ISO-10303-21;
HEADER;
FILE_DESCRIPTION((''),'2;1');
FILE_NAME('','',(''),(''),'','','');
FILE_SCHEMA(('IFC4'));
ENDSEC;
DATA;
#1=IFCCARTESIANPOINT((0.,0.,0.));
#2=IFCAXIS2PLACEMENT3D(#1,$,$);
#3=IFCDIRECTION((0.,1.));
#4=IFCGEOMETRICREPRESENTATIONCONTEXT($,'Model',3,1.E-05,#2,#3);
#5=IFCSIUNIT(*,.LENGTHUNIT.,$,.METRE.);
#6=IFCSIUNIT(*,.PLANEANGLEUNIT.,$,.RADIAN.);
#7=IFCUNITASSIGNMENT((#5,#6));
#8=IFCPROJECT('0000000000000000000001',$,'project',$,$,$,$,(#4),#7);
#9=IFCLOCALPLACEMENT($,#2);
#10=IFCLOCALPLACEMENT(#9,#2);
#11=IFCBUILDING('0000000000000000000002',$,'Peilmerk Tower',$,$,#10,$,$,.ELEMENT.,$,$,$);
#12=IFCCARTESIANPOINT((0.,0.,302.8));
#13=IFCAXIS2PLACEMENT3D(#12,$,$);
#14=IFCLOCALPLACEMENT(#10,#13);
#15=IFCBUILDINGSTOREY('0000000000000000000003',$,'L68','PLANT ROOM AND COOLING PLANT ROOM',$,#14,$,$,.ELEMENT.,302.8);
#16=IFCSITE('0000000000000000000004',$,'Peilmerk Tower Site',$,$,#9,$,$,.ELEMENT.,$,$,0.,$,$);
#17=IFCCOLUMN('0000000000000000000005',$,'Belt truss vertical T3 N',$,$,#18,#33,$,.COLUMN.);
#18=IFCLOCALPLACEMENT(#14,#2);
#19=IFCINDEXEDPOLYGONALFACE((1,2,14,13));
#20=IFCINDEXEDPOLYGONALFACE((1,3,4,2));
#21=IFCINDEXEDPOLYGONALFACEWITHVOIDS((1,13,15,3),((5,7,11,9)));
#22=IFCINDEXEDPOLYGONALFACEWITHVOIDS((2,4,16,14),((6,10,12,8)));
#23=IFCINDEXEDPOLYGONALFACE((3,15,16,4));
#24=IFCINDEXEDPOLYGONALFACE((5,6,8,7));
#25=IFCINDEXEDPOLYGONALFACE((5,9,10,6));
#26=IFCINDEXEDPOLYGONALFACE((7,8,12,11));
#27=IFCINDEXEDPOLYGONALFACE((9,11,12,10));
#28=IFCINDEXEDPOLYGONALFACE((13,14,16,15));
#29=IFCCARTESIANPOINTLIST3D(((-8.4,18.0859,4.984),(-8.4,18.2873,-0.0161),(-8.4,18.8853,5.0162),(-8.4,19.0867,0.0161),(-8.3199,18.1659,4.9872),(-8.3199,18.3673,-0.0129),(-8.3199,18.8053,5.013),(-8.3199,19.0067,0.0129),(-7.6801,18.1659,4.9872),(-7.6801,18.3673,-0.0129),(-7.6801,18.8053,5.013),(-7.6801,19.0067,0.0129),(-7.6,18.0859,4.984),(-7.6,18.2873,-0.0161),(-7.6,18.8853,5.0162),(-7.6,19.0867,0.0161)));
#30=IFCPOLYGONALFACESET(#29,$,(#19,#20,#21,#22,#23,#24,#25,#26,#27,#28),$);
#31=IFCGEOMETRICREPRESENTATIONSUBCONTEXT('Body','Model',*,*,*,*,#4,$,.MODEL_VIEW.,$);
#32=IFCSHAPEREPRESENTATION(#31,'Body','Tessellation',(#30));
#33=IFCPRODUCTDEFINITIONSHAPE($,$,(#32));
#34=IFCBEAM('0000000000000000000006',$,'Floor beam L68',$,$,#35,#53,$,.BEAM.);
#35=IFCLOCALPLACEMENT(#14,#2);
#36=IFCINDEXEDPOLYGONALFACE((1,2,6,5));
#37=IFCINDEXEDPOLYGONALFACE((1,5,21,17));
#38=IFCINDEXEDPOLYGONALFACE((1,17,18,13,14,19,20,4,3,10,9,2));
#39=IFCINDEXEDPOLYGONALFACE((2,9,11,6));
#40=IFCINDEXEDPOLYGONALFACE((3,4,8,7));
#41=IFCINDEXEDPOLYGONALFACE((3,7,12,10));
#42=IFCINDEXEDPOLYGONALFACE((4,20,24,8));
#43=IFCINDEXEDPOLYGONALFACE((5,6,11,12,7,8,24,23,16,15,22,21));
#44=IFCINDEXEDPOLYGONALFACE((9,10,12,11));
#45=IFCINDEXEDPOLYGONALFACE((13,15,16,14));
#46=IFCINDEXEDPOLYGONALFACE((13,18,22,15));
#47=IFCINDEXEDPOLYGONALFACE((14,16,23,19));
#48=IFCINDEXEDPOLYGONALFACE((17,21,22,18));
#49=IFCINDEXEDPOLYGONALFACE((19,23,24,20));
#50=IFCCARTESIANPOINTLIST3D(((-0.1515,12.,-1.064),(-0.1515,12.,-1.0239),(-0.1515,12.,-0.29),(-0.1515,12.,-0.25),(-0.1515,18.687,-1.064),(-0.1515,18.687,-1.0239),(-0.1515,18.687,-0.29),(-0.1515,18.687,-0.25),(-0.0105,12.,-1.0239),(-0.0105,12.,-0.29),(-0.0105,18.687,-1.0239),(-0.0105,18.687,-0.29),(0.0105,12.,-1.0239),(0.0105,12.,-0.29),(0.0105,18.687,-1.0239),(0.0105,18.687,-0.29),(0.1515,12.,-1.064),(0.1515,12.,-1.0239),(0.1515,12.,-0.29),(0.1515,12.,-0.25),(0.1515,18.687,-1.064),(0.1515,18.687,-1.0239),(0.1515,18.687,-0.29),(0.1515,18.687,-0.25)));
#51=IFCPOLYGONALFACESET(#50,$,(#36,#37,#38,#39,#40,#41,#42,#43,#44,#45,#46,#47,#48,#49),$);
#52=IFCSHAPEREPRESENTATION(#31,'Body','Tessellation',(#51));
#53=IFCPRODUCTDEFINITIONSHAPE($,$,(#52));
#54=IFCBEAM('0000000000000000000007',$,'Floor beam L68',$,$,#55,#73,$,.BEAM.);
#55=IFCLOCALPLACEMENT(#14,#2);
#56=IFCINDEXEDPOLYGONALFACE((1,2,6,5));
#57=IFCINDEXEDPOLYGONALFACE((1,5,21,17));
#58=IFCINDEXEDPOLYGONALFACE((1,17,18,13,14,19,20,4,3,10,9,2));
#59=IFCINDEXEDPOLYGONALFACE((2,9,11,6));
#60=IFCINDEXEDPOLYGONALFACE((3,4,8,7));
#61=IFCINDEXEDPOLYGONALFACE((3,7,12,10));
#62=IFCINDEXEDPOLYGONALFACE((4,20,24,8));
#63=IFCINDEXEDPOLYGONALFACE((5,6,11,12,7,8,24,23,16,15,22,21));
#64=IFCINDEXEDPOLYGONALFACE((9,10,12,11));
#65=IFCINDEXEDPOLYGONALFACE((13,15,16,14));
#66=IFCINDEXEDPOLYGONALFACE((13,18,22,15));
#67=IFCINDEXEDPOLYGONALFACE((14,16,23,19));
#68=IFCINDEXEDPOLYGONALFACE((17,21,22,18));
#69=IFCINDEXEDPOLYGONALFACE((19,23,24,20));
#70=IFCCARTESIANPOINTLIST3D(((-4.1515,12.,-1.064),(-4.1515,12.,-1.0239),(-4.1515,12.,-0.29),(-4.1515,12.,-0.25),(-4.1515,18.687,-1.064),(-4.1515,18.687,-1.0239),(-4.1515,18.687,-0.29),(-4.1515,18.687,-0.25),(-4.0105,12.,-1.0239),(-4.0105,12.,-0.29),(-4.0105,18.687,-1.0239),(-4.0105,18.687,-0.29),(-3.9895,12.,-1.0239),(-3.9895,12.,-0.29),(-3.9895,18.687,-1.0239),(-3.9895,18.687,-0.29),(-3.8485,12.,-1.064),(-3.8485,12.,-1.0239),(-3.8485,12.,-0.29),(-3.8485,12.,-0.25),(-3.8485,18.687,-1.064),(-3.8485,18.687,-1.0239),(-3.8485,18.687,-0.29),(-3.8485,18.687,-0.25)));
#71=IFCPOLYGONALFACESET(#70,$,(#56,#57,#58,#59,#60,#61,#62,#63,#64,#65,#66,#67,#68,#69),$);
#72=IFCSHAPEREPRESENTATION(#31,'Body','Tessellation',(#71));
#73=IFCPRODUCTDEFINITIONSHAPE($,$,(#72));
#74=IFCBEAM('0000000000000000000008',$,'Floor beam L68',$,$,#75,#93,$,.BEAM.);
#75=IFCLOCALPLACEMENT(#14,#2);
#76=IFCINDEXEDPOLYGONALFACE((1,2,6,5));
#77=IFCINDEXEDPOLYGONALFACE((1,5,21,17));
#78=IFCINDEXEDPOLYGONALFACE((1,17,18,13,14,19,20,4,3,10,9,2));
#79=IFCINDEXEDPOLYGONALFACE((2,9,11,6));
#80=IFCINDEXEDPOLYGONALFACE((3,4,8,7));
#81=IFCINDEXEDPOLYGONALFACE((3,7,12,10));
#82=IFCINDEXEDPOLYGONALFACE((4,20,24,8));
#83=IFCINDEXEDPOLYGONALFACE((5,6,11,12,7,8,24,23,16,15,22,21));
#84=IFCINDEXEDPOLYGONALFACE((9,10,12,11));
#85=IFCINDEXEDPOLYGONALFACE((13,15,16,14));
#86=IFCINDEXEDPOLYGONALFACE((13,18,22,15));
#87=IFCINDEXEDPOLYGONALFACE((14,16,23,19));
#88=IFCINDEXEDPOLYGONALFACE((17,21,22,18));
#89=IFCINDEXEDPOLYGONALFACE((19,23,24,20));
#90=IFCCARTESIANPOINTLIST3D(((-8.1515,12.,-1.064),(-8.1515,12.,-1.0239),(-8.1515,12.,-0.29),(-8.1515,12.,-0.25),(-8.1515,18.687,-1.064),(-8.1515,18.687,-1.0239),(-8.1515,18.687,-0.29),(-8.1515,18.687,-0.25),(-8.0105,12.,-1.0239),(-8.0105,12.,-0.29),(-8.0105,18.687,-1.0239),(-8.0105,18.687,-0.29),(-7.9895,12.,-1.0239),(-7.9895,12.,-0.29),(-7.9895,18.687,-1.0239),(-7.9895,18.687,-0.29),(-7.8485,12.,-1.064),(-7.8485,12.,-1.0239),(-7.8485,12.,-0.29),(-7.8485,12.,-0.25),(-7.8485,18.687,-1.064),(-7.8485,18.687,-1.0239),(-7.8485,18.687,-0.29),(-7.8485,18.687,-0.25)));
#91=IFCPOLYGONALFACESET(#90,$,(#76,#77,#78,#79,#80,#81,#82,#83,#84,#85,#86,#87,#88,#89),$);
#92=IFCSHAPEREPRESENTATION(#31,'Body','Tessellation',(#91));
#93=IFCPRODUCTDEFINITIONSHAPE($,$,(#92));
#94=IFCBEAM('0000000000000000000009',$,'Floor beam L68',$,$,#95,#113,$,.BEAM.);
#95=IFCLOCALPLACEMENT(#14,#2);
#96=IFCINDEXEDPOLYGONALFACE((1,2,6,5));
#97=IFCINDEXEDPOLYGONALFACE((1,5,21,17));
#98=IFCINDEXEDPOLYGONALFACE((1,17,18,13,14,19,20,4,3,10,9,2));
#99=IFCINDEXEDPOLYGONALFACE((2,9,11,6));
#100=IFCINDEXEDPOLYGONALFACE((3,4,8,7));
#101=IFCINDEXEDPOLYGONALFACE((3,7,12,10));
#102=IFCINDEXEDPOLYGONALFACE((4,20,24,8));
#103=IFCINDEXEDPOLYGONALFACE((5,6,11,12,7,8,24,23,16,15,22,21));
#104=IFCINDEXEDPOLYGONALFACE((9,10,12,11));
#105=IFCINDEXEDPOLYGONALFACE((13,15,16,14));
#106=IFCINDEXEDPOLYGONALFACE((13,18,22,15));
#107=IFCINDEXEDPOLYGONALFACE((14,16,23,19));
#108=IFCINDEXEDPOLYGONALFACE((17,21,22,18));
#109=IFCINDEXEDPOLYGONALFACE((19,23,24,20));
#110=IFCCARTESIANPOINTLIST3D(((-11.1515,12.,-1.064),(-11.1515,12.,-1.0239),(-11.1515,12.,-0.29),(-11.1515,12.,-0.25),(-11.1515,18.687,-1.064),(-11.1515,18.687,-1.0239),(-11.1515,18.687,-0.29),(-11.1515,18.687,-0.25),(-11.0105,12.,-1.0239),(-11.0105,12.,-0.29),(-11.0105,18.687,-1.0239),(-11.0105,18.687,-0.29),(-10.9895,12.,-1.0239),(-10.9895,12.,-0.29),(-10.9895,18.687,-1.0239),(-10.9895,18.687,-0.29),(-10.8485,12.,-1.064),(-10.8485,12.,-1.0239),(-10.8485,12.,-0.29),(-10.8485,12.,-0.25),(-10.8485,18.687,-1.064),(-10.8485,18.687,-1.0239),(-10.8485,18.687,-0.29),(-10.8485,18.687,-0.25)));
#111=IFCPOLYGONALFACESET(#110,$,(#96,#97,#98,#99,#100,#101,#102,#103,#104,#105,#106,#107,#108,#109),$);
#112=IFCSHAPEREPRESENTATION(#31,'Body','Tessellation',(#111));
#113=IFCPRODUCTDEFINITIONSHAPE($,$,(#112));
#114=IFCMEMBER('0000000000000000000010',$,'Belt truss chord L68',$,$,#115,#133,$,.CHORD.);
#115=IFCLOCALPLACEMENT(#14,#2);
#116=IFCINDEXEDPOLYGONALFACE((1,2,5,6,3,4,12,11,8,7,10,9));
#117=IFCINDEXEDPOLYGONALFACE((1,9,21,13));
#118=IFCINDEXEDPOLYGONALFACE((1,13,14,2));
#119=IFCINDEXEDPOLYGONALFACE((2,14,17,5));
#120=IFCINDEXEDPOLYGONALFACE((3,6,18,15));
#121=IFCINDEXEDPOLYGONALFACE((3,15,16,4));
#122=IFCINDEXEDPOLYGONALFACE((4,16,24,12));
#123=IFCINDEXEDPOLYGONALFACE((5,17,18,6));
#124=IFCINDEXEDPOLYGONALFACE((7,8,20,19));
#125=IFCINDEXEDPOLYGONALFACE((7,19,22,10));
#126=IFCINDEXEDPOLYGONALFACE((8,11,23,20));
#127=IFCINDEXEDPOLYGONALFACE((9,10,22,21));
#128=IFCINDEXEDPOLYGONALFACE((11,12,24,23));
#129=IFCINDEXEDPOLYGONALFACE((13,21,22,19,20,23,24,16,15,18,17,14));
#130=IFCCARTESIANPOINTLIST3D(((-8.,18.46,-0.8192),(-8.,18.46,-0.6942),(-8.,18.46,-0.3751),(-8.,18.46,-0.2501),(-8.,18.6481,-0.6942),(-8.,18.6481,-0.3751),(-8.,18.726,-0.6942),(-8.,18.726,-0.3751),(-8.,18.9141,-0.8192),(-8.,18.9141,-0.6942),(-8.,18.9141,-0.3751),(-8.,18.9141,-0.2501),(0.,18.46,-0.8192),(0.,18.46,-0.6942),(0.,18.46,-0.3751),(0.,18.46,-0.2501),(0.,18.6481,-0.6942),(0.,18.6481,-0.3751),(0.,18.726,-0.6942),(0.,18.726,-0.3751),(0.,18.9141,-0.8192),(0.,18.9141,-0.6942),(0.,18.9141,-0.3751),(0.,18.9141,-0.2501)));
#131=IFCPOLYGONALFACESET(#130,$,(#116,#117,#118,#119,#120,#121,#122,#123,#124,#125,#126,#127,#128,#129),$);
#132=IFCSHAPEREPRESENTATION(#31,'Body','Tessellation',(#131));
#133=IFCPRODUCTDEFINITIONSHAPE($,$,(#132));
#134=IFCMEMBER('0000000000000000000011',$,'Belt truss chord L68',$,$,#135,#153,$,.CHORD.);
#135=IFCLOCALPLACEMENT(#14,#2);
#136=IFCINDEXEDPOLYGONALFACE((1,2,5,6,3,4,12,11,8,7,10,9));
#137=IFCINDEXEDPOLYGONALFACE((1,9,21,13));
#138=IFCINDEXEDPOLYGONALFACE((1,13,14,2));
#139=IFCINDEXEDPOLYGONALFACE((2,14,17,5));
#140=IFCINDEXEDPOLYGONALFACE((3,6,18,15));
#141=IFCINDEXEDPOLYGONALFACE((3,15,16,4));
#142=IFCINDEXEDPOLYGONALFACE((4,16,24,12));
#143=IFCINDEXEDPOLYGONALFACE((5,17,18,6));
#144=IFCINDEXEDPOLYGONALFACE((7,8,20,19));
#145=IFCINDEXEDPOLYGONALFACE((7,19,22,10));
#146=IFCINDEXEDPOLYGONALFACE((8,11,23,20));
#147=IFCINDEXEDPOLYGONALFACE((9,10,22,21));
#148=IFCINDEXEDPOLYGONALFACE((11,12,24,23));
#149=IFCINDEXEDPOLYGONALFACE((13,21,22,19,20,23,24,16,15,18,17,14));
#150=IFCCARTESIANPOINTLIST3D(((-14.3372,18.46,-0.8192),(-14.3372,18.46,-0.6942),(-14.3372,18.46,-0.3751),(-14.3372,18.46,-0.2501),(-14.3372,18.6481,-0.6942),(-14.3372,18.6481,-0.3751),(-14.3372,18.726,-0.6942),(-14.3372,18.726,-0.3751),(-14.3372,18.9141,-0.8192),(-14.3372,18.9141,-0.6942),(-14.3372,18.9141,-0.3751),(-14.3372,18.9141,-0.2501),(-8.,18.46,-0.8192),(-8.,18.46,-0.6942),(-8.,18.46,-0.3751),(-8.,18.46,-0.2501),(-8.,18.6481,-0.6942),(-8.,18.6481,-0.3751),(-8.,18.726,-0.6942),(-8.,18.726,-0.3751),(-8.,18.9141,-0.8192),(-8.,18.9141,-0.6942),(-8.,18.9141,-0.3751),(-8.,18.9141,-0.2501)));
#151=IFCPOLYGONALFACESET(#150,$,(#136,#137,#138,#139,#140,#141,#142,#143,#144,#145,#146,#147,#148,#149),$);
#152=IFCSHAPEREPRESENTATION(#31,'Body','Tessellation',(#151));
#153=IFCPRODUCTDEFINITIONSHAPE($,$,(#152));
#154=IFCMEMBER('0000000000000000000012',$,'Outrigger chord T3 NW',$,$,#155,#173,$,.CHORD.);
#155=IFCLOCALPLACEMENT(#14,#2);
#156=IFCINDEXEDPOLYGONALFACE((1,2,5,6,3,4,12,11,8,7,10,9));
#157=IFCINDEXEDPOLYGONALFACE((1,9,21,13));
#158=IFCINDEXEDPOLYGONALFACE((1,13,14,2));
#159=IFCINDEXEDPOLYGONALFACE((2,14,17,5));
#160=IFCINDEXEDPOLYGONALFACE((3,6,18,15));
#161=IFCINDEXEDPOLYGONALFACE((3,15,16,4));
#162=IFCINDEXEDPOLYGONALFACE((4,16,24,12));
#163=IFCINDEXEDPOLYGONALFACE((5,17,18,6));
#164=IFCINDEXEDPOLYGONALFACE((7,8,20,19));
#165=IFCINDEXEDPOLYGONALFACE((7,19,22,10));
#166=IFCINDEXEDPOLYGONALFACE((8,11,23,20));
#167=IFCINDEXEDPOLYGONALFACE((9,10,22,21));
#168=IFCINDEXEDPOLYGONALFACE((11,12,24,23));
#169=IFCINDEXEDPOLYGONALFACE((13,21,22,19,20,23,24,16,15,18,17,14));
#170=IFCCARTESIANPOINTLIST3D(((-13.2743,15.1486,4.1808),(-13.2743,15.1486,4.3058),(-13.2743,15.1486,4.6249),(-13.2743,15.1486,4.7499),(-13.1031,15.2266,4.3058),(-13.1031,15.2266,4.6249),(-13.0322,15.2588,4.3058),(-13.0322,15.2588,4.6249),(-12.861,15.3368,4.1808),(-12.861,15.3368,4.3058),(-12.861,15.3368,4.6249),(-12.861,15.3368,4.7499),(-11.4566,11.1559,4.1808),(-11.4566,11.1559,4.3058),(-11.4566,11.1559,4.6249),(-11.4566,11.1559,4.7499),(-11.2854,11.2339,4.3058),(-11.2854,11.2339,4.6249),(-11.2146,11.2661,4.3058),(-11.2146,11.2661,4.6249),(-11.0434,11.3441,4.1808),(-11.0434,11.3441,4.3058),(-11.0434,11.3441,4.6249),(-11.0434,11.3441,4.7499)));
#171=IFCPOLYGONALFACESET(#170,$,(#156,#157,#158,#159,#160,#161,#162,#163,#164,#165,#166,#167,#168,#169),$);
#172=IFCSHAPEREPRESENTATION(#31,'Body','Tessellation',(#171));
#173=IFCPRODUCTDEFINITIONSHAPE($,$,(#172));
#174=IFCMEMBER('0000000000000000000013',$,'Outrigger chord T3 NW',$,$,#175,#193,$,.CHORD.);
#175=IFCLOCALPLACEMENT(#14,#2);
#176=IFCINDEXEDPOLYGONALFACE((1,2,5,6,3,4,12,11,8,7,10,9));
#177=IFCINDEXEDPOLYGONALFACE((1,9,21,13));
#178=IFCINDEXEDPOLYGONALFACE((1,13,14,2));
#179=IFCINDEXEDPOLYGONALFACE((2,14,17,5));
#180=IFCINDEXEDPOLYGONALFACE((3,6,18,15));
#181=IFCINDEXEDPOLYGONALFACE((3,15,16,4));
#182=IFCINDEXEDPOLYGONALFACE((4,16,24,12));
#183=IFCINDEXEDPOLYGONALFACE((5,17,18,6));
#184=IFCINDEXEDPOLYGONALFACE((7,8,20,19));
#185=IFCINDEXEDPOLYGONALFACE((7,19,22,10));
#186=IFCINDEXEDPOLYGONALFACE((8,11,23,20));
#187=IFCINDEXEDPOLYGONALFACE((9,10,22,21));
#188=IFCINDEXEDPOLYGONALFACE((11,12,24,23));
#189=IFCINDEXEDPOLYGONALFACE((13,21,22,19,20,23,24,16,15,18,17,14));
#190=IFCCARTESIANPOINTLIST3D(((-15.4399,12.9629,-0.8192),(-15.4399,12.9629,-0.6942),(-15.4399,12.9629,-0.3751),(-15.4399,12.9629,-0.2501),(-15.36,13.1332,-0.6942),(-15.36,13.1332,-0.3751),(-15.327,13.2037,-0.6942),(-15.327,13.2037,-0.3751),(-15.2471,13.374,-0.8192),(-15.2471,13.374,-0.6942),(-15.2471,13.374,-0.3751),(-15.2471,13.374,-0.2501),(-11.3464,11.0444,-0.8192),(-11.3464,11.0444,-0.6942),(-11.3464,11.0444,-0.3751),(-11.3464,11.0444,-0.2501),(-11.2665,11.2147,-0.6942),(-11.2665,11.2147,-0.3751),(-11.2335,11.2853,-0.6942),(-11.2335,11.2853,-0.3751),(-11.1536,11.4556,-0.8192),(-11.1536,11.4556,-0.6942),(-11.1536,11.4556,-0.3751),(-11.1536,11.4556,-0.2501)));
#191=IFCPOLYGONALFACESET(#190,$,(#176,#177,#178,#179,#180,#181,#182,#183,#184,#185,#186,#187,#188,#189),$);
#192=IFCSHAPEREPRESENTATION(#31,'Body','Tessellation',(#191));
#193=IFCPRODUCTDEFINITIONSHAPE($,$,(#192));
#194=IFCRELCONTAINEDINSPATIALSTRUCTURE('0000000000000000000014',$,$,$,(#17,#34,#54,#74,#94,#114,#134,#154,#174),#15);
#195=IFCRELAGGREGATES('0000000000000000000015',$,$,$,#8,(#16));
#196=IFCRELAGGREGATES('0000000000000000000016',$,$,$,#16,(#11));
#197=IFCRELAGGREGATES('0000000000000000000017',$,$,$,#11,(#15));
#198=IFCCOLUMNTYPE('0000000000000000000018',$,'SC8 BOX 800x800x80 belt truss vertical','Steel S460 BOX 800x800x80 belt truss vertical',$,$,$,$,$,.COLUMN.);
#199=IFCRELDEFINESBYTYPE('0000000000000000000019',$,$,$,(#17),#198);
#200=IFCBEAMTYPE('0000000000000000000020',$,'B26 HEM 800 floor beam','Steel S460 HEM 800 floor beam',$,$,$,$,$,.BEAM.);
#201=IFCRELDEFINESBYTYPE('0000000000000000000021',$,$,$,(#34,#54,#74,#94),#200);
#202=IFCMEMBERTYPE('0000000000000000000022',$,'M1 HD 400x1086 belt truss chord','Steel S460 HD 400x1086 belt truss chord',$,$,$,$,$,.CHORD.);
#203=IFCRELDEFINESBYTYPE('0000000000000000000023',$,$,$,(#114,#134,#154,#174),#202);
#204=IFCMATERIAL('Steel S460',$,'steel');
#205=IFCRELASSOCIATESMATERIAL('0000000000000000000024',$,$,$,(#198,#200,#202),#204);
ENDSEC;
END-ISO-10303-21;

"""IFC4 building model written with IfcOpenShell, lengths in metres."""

from ifc_helpers import new_model, si_unit, direction, frame, origin, origin_2d, place, context, subcontext, project, spatial, hollow_rectangle, i_section, extrude, material, material_profile, profile_set, type_object, element, save


model = new_model("IFC4")

# Units and contexts
model_context = context("Model", 3, precision=1e-05, world=origin(), true_north=direction((0.0, 1.0)))
body_context = subcontext(model_context, "Body", "Model", "MODEL_VIEW")
ifc_project = project(units=[si_unit("LENGTHUNIT", "METRE"), si_unit("PLANEANGLEUNIT", "RADIAN")], contexts=[model_context])

# Site, building, storey
site_placement = place(None, origin())
site = spatial("IfcSite", under=ifc_project, at=site_placement, Name="Peilmerk Tower Site", CompositionType="ELEMENT", RefElevation=0.0)
building_placement = place(site_placement, origin())
building = spatial("IfcBuilding", under=site, at=building_placement, Name="Peilmerk Tower", CompositionType="ELEMENT")
storey_placement = place(building_placement, frame((0.0, 0.0, 302.8)))
storey = spatial("IfcBuildingStorey", under=building, at=storey_placement, Name="L68", Description="PLANT ROOM AND COOLING PLANT ROOM", CompositionType="ELEMENT", Elevation=302.8)

# Column
ifc_material_1 = material(Name="Steel S460", Category="steel")
ifc_material_profile_1 = material_profile(ifc_material_1, hollow_rectangle(XDim=0.8, YDim=0.8, WallThickness=0.0801, at=origin_2d()), Name="BOX 800x800x80")
ifc_profile_set_1 = profile_set([ifc_material_profile_1], Name="Steel S460")
column_type = type_object("IfcColumnType", Name="SC8 BOX 800x800x80 belt truss vertical", Description="Steel S460 BOX 800x800x80 belt truss vertical", PredefinedType="COLUMN", material=ifc_profile_set_1)
column_placement = place(storey_placement, frame((-8.0, 18.687, 0.0), z_axis=(0.0, -0.040251, 0.99919), x_axis=(1.0, 0.0, 0.0)))
element("IfcColumn", 1, at=column_placement, inside=storey, type_object=column_type, Name="Belt truss vertical T3 N", PredefinedType="COLUMN", context=body_context, shape_type="SweptSolid", body=[
    extrude(hollow_rectangle(XDim=0.8, YDim=0.8, WallThickness=0.0801, at=origin_2d()), origin(), (0.0, 0.0, 1.0), 5.0042),
])

# Beams
ifc_material_profile_2 = material_profile(ifc_material_1, i_section(OverallWidth=0.303, OverallDepth=0.814, WebThickness=0.021, FlangeThickness=0.04, at=origin_2d()), Name="HEM 800")
ifc_profile_set_2 = profile_set([ifc_material_profile_2], Name="Steel S460")
beam_type = type_object("IfcBeamType", Name="B26 HEM 800 floor beam", Description="Steel S460 HEM 800 floor beam", PredefinedType="BEAM", material=ifc_profile_set_2)
for number, where, z_axis, x_axis, name in (
    (2, (0.0, 12.0, -0.657), (0.0, 1.0, 0.0), (-1.0, 0.0, 0.0), "Floor beam L68"),
    (3, (-4.0, 12.0, -0.657), (0.0, 1.0, 0.0), (-1.0, 0.0, 0.0), "Floor beam L68"),
    (4, (-8.0, 12.0, -0.657), (0.0, 1.0, 0.0), (-1.0, 0.0, 0.0), "Floor beam L68"),
    (5, (-11.0, 12.0, -0.657), (0.0, 1.0, 0.0), (-1.0, 0.0, 0.0), "Floor beam L68"),
):
    element("IfcBeam", number, at=place(storey_placement, frame(where, z_axis=z_axis, x_axis=x_axis)), inside=storey, type_object=beam_type, Name=name, PredefinedType="BEAM", context=body_context, shape_type="SweptSolid", body=[
        extrude(i_section(OverallWidth=0.303, OverallDepth=0.814, WebThickness=0.021, FlangeThickness=0.04, at=origin_2d()), origin(), (0.0, 0.0, 1.0), 6.687),
    ])

# Members
ifc_material_profile_3 = material_profile(ifc_material_1, i_section(OverallWidth=0.4541, OverallDepth=0.5691, WebThickness=0.0779, FlangeThickness=0.125, at=origin_2d()), Name="HD 400x1086")
ifc_profile_set_3 = profile_set([ifc_material_profile_3], Name="Steel S460")
member_type_1 = type_object("IfcMemberType", Name="M1 HD 400x1086 belt truss chord", Description="Steel S460 HD 400x1086 belt truss chord", PredefinedType="CHORD", material=ifc_profile_set_3)
member_1_placement = place(storey_placement, frame((0.0, 18.687, -0.5347), z_axis=(-1.0, 0.0, 0.0), x_axis=(0.0, -1.0, 0.0)))
element("IfcMember", 6, at=member_1_placement, inside=storey, type_object=member_type_1, Name="Belt truss chord L68", PredefinedType="CHORD", context=body_context, shape_type="SweptSolid", body=[
    extrude(i_section(OverallWidth=0.4541, OverallDepth=0.5691, WebThickness=0.0779, FlangeThickness=0.125, at=origin_2d()), origin(), (0.0, 0.0, 1.0), 8.0),
])
member_2_placement = place(storey_placement, frame((-8.0, 18.687, -0.5347), z_axis=(-1.0, 0.0, 0.0), x_axis=(0.0, -1.0, 0.0)))
element("IfcMember", 7, at=member_2_placement, inside=storey, type_object=member_type_1, Name="Belt truss chord L68", PredefinedType="CHORD", context=body_context, shape_type="SweptSolid", body=[
    extrude(i_section(OverallWidth=0.4541, OverallDepth=0.5691, WebThickness=0.0779, FlangeThickness=0.125, at=origin_2d()), origin(), (0.0, 0.0, 1.0), 6.3372),
])
member_3_placement = place(storey_placement, frame((-11.25, 11.25, 4.4653), z_axis=(-0.414327, 0.910128, 0.0), x_axis=(-0.910128, -0.414327, 0.0)))
element("IfcMember", 8, at=member_3_placement, inside=storey, type_object=member_type_1, Name="Outrigger chord T3 NW", PredefinedType="CHORD", context=body_context, shape_type="SweptSolid", body=[
    extrude(i_section(OverallWidth=0.4541, OverallDepth=0.5691, WebThickness=0.0779, FlangeThickness=0.125, at=origin_2d()), origin(), (0.0, 0.0, 1.0), 4.387),
])
member_4_placement = place(storey_placement, frame((-11.25, 11.25, -0.5347), z_axis=(-0.905491, 0.424366, 0.0), x_axis=(-0.424366, -0.905491, 0.0)))
element("IfcMember", 9, at=member_4_placement, inside=storey, type_object=member_type_1, Name="Outrigger chord T3 NW", PredefinedType="CHORD", context=body_context, shape_type="SweptSolid", body=[
    extrude(i_section(OverallWidth=0.4541, OverallDepth=0.5691, WebThickness=0.0779, FlangeThickness=0.125, at=origin_2d()), origin(), (0.0, 0.0, 1.0), 4.5208),
])

save(model, "model.ifc")
